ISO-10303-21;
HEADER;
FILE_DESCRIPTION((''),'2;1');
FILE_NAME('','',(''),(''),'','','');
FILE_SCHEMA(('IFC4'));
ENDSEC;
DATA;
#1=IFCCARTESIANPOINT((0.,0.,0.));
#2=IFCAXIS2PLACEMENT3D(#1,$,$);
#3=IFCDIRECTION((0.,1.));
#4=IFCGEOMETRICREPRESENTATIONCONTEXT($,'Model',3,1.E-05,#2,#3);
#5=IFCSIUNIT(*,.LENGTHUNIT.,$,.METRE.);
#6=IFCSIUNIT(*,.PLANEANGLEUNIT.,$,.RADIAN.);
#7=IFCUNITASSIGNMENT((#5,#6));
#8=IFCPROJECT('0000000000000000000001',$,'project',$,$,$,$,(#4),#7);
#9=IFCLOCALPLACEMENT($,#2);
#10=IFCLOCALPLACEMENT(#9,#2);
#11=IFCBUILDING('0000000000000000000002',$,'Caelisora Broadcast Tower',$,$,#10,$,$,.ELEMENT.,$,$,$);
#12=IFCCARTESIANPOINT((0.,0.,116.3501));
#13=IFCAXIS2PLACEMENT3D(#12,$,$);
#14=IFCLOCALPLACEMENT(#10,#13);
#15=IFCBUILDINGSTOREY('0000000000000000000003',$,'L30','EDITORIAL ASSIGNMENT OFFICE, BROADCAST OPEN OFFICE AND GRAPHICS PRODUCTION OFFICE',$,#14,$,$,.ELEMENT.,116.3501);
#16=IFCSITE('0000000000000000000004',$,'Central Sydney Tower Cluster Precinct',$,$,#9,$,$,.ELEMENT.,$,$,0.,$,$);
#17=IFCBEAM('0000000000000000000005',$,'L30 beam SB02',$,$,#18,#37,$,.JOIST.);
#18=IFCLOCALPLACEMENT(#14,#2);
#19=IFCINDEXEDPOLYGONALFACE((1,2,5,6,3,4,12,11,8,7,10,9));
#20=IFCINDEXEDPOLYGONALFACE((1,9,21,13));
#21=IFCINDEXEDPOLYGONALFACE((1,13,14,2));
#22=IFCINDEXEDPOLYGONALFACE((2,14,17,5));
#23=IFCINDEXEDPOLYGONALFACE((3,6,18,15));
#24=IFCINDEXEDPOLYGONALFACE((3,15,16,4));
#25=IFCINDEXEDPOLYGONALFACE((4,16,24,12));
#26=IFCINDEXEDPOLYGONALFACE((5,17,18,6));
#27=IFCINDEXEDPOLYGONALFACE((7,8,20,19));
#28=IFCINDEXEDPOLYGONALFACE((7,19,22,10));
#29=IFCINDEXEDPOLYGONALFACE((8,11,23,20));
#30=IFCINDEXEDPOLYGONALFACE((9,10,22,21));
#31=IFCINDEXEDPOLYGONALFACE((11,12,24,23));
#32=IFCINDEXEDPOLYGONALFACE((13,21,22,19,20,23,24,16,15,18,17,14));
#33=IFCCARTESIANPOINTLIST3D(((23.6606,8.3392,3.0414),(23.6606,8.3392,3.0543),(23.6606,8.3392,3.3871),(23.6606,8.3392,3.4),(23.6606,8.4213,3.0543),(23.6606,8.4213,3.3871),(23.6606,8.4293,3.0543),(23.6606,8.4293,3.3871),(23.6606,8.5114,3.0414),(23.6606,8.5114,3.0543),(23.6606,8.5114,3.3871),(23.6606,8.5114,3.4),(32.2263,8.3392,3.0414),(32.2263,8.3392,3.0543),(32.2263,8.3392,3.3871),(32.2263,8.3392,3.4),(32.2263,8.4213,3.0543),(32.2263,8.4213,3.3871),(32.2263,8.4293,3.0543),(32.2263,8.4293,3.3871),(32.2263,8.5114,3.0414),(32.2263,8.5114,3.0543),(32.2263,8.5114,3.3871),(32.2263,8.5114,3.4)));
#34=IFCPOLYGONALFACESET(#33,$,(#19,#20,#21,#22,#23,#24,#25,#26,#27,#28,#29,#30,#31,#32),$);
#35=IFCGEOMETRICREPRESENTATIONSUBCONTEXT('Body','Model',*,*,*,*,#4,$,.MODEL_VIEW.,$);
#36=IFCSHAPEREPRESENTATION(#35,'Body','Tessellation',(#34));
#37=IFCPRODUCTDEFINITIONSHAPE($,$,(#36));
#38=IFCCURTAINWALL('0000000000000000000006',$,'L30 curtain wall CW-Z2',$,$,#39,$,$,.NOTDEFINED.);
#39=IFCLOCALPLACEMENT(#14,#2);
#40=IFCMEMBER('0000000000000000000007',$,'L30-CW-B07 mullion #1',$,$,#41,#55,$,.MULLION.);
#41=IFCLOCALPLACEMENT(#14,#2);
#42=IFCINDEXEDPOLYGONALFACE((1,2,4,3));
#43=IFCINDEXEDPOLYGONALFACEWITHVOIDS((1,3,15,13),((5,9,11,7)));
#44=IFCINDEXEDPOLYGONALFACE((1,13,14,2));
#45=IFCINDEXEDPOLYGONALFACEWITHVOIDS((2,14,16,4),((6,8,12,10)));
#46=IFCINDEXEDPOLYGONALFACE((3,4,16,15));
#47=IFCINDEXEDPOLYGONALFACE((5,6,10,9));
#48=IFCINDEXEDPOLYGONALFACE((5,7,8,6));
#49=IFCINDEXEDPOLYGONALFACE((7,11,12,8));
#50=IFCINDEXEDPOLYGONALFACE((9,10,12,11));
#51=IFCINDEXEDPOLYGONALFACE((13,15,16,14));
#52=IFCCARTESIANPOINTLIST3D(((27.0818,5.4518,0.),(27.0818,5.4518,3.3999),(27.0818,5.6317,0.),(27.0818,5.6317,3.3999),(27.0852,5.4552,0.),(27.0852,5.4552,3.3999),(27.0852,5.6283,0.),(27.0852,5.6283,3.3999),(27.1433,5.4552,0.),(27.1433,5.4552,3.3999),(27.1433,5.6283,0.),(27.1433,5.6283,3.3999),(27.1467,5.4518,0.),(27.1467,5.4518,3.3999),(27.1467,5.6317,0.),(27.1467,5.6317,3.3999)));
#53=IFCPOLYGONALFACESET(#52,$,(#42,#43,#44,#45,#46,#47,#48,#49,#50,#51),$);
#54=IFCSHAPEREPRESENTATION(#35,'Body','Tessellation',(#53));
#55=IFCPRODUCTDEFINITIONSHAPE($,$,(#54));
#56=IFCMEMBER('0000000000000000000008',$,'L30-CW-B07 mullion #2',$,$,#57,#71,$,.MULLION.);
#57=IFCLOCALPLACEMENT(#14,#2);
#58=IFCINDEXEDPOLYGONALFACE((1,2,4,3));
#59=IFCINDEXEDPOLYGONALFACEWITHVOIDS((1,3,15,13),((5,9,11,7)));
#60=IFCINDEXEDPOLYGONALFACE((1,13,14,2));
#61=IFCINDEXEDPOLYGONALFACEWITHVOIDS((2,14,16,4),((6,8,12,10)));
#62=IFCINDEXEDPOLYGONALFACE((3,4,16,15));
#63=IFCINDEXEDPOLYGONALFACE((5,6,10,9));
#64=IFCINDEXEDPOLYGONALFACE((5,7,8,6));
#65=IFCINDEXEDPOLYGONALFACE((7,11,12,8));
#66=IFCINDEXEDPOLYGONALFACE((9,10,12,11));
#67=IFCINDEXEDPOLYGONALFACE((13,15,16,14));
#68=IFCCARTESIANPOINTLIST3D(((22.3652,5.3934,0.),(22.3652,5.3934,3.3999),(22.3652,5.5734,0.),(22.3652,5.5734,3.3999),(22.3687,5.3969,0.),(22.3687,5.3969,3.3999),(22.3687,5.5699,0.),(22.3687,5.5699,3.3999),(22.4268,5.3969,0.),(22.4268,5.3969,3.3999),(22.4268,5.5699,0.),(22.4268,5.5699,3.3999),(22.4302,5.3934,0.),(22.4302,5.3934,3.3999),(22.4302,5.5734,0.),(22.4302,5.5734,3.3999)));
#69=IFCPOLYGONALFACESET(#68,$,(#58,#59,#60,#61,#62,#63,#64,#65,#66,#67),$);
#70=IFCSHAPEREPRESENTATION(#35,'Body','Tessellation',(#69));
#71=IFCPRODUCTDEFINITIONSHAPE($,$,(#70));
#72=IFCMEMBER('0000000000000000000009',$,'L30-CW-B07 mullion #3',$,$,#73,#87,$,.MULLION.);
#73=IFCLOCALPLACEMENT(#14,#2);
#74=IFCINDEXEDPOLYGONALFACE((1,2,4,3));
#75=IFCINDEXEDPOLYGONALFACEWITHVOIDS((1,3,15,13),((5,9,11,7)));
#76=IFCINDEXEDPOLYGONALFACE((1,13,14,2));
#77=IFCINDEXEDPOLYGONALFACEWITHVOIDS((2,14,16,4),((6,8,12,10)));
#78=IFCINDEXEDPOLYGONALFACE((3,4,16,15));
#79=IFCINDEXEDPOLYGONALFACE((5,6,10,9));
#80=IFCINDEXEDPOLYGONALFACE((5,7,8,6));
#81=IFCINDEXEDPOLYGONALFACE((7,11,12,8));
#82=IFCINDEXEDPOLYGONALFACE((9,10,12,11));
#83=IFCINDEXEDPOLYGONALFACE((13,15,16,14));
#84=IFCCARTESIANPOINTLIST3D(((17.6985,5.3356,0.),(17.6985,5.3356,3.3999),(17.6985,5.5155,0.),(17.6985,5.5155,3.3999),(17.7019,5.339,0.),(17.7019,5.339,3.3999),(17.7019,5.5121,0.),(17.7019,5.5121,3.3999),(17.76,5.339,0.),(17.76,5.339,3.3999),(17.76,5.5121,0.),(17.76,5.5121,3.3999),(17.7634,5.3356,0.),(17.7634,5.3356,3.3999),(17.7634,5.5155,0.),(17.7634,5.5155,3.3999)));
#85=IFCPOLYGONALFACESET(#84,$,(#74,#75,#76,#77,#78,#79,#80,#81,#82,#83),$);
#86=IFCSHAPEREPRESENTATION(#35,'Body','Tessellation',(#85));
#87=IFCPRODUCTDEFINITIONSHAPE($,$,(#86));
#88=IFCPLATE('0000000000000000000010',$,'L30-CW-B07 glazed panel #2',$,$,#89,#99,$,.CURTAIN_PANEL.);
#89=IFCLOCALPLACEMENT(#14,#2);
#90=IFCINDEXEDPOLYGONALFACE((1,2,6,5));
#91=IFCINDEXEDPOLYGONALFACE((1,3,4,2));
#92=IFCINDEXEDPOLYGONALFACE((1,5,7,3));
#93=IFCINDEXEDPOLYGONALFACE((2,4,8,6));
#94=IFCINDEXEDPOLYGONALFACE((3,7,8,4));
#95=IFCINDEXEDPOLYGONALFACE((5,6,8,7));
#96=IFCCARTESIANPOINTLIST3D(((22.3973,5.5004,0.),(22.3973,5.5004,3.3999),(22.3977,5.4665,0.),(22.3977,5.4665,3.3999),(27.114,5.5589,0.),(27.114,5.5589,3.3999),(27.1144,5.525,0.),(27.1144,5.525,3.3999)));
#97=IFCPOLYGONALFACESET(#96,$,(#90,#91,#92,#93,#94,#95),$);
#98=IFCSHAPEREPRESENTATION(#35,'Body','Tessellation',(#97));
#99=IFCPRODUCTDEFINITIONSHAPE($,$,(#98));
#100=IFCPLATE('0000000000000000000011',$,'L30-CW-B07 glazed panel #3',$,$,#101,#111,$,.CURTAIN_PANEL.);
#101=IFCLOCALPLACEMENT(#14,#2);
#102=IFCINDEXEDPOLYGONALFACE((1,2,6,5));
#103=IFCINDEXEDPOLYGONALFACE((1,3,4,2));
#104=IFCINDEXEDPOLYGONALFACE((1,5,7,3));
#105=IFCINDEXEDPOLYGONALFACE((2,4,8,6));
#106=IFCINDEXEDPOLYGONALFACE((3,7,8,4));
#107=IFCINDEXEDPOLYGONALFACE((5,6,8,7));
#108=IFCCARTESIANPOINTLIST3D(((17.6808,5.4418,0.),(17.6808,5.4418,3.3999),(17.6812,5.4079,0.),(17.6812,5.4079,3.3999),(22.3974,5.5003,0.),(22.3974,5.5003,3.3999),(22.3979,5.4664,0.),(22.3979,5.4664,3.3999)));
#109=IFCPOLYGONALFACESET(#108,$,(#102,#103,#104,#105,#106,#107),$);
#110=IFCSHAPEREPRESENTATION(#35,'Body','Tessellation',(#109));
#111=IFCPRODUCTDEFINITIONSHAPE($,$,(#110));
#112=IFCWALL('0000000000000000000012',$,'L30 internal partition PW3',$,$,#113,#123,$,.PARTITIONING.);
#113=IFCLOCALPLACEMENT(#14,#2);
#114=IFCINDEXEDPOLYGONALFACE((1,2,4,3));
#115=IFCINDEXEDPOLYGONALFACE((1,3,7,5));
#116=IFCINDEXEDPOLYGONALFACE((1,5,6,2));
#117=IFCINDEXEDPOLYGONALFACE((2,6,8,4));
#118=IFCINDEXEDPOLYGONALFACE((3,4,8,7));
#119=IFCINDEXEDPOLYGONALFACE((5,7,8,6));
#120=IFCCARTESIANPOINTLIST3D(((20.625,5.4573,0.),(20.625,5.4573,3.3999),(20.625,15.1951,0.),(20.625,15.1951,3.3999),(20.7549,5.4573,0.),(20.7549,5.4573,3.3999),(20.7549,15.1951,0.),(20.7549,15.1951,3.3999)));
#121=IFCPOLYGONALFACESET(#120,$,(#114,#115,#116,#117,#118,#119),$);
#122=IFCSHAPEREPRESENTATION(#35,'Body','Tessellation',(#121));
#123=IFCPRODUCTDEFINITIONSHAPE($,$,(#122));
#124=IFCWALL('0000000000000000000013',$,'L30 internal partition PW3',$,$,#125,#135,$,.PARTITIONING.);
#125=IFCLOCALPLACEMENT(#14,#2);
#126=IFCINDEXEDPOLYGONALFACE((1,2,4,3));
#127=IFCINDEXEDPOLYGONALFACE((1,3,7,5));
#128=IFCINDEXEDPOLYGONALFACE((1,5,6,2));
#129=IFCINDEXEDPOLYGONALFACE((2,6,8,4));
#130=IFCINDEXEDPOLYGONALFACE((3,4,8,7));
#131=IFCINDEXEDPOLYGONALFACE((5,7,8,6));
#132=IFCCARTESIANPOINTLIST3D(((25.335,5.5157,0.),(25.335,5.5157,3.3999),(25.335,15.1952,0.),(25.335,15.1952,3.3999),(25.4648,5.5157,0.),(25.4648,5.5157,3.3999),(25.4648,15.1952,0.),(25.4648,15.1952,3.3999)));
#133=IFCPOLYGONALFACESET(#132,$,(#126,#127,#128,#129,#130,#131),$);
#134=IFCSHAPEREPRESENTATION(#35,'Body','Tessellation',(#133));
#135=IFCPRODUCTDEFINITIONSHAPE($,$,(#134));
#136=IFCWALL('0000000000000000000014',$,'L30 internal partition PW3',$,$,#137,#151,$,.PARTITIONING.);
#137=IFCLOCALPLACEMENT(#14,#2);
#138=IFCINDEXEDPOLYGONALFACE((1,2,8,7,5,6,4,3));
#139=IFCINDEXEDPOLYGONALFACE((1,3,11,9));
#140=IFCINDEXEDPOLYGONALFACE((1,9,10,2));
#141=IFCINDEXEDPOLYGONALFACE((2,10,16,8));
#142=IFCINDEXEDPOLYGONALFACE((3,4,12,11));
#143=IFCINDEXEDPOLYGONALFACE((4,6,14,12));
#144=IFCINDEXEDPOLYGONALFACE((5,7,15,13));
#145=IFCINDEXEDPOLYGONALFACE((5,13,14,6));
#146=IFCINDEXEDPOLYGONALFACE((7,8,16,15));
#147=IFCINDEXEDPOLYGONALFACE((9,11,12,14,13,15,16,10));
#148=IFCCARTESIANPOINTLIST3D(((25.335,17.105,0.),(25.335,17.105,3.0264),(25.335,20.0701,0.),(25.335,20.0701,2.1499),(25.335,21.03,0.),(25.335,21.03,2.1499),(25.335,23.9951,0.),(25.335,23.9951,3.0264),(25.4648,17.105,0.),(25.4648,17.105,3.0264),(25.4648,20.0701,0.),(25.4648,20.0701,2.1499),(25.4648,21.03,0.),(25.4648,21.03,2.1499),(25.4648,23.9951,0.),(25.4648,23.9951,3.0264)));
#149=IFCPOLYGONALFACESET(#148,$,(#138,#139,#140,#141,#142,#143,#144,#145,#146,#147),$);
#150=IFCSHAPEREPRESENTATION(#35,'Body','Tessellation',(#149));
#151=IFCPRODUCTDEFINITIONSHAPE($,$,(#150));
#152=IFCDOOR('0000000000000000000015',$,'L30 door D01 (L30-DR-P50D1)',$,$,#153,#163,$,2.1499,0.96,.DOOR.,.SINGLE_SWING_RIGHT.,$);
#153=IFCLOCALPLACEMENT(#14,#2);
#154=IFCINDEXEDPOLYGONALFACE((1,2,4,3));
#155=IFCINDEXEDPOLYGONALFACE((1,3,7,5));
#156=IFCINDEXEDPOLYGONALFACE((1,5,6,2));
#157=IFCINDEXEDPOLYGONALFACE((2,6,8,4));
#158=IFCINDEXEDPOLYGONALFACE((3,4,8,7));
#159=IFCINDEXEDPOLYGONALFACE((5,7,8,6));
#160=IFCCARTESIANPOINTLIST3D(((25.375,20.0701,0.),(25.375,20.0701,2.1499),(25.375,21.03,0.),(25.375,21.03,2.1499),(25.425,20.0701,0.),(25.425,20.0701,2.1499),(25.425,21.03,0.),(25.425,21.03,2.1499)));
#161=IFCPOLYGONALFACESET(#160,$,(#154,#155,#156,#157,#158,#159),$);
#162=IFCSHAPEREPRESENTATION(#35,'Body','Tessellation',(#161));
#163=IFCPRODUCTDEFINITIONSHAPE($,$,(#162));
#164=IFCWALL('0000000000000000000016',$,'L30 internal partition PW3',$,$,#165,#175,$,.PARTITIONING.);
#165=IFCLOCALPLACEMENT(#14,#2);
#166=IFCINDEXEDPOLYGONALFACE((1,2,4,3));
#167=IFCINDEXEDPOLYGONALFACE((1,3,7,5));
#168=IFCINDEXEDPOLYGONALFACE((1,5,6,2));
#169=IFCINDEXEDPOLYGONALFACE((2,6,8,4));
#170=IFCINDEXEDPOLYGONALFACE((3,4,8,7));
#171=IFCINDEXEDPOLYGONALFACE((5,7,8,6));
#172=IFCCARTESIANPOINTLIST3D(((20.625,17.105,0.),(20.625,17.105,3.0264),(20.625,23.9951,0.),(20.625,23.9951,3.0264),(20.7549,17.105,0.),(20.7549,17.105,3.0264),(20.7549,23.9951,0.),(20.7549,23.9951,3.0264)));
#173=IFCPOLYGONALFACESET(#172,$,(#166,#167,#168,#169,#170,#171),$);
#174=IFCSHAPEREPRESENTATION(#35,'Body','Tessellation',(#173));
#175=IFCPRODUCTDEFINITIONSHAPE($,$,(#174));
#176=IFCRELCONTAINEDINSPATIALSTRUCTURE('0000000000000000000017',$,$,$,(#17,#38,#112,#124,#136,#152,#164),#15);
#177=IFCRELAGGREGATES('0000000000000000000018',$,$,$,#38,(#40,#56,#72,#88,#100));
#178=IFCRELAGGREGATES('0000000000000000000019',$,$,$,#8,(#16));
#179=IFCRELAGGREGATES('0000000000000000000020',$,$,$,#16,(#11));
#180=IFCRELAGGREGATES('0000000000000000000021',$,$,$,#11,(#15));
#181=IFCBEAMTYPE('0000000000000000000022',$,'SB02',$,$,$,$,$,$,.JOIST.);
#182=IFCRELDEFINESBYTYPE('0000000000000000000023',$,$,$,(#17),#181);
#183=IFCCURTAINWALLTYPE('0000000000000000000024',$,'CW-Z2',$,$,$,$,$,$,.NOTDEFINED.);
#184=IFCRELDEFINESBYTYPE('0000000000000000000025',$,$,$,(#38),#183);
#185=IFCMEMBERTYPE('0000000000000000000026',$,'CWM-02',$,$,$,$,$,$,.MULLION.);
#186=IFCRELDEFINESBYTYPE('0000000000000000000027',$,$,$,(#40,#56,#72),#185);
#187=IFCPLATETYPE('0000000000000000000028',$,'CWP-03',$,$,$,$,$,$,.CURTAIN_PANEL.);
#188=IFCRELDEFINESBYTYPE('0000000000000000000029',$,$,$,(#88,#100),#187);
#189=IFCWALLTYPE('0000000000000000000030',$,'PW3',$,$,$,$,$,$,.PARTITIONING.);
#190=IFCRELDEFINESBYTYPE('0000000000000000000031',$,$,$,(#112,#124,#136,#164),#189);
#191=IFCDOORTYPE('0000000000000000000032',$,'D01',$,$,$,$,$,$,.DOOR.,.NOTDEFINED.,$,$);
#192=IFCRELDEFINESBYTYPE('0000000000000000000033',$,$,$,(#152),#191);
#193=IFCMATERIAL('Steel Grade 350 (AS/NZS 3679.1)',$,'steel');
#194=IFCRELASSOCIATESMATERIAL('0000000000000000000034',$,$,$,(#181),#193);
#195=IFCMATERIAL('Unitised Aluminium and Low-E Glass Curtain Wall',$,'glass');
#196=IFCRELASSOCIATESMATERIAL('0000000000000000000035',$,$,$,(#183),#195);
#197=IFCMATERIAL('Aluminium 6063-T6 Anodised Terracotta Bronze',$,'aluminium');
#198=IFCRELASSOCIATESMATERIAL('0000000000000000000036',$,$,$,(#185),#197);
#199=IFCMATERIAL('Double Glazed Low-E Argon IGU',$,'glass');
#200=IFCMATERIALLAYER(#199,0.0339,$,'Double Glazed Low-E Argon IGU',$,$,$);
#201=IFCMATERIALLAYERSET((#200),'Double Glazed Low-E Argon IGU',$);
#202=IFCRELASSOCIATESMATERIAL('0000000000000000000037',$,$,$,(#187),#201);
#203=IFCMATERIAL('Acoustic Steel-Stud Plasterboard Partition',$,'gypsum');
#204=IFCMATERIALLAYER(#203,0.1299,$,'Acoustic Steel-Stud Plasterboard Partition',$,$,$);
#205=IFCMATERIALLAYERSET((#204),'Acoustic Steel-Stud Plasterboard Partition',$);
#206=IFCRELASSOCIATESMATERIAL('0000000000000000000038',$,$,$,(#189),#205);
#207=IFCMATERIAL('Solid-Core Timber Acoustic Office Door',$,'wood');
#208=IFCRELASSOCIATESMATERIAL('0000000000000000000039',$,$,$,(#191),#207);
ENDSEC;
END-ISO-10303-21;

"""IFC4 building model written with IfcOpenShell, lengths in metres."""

from ifc_helpers import new_model, si_unit, direction, frame, frame_2d, origin, origin_2d, place, context, subcontext, project, spatial, rectangle, hollow_rectangle, i_section, extrude, source, transform, mapped, material, layer, layer_set, material_profile, profile_set, type_object, type_shapes, element, fill, aggregate, save


model = new_model("IFC4")

# Units and contexts
model_context = context("Model", 3, precision=1e-05, world=origin(), true_north=direction((0.0, 1.0)))
body_context = subcontext(model_context, "Body", "Model", "MODEL_VIEW")
ifc_project = project(units=[si_unit("LENGTHUNIT", "METRE"), si_unit("PLANEANGLEUNIT", "RADIAN")], contexts=[model_context])

# Site, building, storey
site_placement = place(None, origin())
site = spatial("IfcSite", under=ifc_project, at=site_placement, Name="Central Sydney Tower Cluster Precinct", CompositionType="ELEMENT", RefElevation=0.0)
building_placement = place(site_placement, origin())
building = spatial("IfcBuilding", under=site, at=building_placement, Name="Caelisora Broadcast Tower", CompositionType="ELEMENT")
storey_placement = place(building_placement, frame((0.0, 0.0, 116.3501)))
storey = spatial("IfcBuildingStorey", under=building, at=storey_placement, Name="L30", Description="EDITORIAL ASSIGNMENT OFFICE, BROADCAST OPEN OFFICE AND GRAPHICS PRODUCTION OFFICE", CompositionType="ELEMENT", Elevation=116.3501)

# Beam
ifc_material_1 = material(Name="Steel Grade 350 (AS/NZS 3679.1)", Category="steel")
ifc_material_profile_1 = material_profile(ifc_material_1, i_section(OverallWidth=0.1721, OverallDepth=0.3586, WebThickness=0.0081, FlangeThickness=0.0129, at=origin_2d()), Name="Steel Grade 350 (AS/NZS 3679.1)")
ifc_profile_set_1 = profile_set([ifc_material_profile_1], Name="Steel Grade 350 (AS/NZS 3679.1)")
beam_type_1 = type_object("IfcBeamType", Name="SB02", PredefinedType="JOIST", material=ifc_profile_set_1)
shared_shape_1 = source(origin(), body_context, "Body", "SweptSolid", [
    extrude(i_section(OverallWidth=0.1721, OverallDepth=0.3586, WebThickness=0.0081, FlangeThickness=0.0129, at=origin_2d()), origin(), (0.0, 0.0, 1.0), 8.5657),
])
beam_1_placement = place(storey_placement, frame((23.6606, 8.4253, 3.2207), z_axis=(1.0, 0.0, 0.0), x_axis=(0.0, 1.0, 0.0)))
element("IfcBeam", 1, at=beam_1_placement, inside=storey, type_object=beam_type_1, Name="L30 beam SB02", PredefinedType="JOIST", context=body_context, shape_type="MappedRepresentation", body=[
    mapped(shared_shape_1, transform((0.0, 0.0, 0.0), scale=1.0)),
])

# Curtain wall, members, plates
ifc_material_2 = material(Name="Unitised Aluminium and Low-E Glass Curtain Wall", Category="glass")
curtain_wall_type = type_object("IfcCurtainWallType", Name="CW-Z2", PredefinedType="NOTDEFINED", material=ifc_material_2)
curtain_wall_placement = place(storey_placement, origin())
curtain_wall = element("IfcCurtainWall", 2, at=curtain_wall_placement, inside=storey, type_object=curtain_wall_type, Name="L30 curtain wall CW-Z2", PredefinedType="NOTDEFINED")
ifc_material_3 = material(Name="Aluminium 6063-T6 Anodised Terracotta Bronze", Category="aluminium")
ifc_material_profile_2 = material_profile(ifc_material_3, hollow_rectangle(XDim=0.0649, YDim=0.1799, WallThickness=0.0034, at=origin_2d()), Name="Aluminium 6063-T6 Anodised Terracotta Bronze")
ifc_profile_set_2 = profile_set([ifc_material_profile_2], Name="Aluminium 6063-T6 Anodised Terracotta Bronze")
member_type = type_object("IfcMemberType", Name="CWM-02", PredefinedType="MULLION", material=ifc_profile_set_2)
shared_shape_2 = source(origin(), body_context, "Body", "SweptSolid", [
    extrude(hollow_rectangle(XDim=0.0649, YDim=0.1799, WallThickness=0.0034, at=origin_2d()), origin(), (0.0, 0.0, 1.0), 3.3999),
])
type_shapes(member_type, [shared_shape_2])
member_1_placement = place(storey_placement, frame((27.1143, 5.5417, 0.0), z_axis=(0.0, 0.0, 1.0), x_axis=(1.0, 0.0, 0.0)))
member_1 = element("IfcMember", 3, at=member_1_placement, type_object=member_type, Name="L30-CW-B07 mullion #1", PredefinedType="MULLION", context=body_context, shape_type="MappedRepresentation", body=[
    mapped(shared_shape_2, transform((0.0, 0.0, 0.0), scale=1.0)),
])
member_2_placement = place(storey_placement, frame((22.3977, 5.4834, 0.0), z_axis=(0.0, 0.0, 1.0), x_axis=(1.0, 0.0, 0.0)))
member_2 = element("IfcMember", 4, at=member_2_placement, type_object=member_type, Name="L30-CW-B07 mullion #2", PredefinedType="MULLION", context=body_context, shape_type="MappedRepresentation", body=[
    mapped(shared_shape_2, transform((0.0, 0.0, 0.0), scale=1.0)),
])
member_3_placement = place(storey_placement, frame((17.731, 5.4255, 0.0), z_axis=(0.0, 0.0, 1.0), x_axis=(1.0, 0.0, 0.0)))
member_3 = element("IfcMember", 5, at=member_3_placement, type_object=member_type, Name="L30-CW-B07 mullion #3", PredefinedType="MULLION", context=body_context, shape_type="MappedRepresentation", body=[
    mapped(shared_shape_2, transform((0.0, 0.0, 0.0), scale=1.0)),
])
ifc_material_4 = material(Name="Double Glazed Low-E Argon IGU", Category="glass")
ifc_layer_1 = layer(ifc_material_4, 0.0339, Name="Double Glazed Low-E Argon IGU")
ifc_layer_set_1 = layer_set([ifc_layer_1], Name="Double Glazed Low-E Argon IGU")
plate_type = type_object("IfcPlateType", Name="CWP-03", PredefinedType="CURTAIN_PANEL", material=ifc_layer_set_1)
shared_shape_3 = source(origin(), body_context, "Body", "SweptSolid", [
    extrude(rectangle(XDim=4.717, YDim=0.0339, at=origin_2d()), origin(), (0.0, 0.0, 1.0), 3.3999),
])
type_shapes(plate_type, [shared_shape_3])
plate_1_placement = place(storey_placement, frame((24.7559, 5.5127, 0.0), z_axis=(0.0, 0.0, 1.0), x_axis=(-0.999923, -0.012392, 0.0)))
plate_1 = element("IfcPlate", 6, at=plate_1_placement, type_object=plate_type, Name="L30-CW-B07 glazed panel #2", PredefinedType="CURTAIN_PANEL", context=body_context, shape_type="MappedRepresentation", body=[
    mapped(shared_shape_3, transform((0.0, 0.0, 0.0), scale=1.0)),
])
plate_2_placement = place(storey_placement, frame((20.0393, 5.4541, 0.0), z_axis=(0.0, 0.0, 1.0), x_axis=(-0.999923, -0.012392, 0.0)))
plate_2 = element("IfcPlate", 7, at=plate_2_placement, type_object=plate_type, Name="L30-CW-B07 glazed panel #3", PredefinedType="CURTAIN_PANEL", context=body_context, shape_type="MappedRepresentation", body=[
    mapped(shared_shape_3, transform((0.0, 0.0, 0.0), scale=1.0)),
])
aggregate(curtain_wall, [member_1, member_2, member_3, plate_1, plate_2])

# Walls
ifc_material_5 = material(Name="Acoustic Steel-Stud Plasterboard Partition", Category="gypsum")
ifc_layer_2 = layer(ifc_material_5, 0.1299, Name="Acoustic Steel-Stud Plasterboard Partition")
ifc_layer_set_2 = layer_set([ifc_layer_2], Name="Acoustic Steel-Stud Plasterboard Partition")
wall_type = type_object("IfcWallType", Name="PW3", PredefinedType="PARTITIONING", material=ifc_layer_set_2)
wall_1_placement = place(storey_placement, frame((20.6899, 5.4573, 0.0), z_axis=(0.0, 0.0, 1.0), x_axis=(0.0, 1.0, 0.0)))
element("IfcWall", 8, at=wall_1_placement, inside=storey, type_object=wall_type, Name="L30 internal partition PW3", PredefinedType="PARTITIONING", context=body_context, shape_type="SweptSolid", body=[
    extrude(rectangle(XDim=9.7378, YDim=0.1299, at=frame_2d((4.8689, 0.0))), origin(), (0.0, 0.0, 1.0), 3.3999),
])
wall_2_placement = place(storey_placement, frame((25.3999, 5.5156, 0.0), z_axis=(0.0, 0.0, 1.0), x_axis=(0.0, 1.0, 0.0)))
element("IfcWall", 9, at=wall_2_placement, inside=storey, type_object=wall_type, Name="L30 internal partition PW3", PredefinedType="PARTITIONING", context=body_context, shape_type="SweptSolid", body=[
    extrude(rectangle(XDim=9.6794, YDim=0.1299, at=frame_2d((4.8398, 0.0))), origin(), (0.0, 0.0, 1.0), 3.3999),
])

# Wall, opening, door
wall_3_placement = place(storey_placement, frame((25.3999, 17.105, 0.0), z_axis=(0.0, 0.0, 1.0), x_axis=(0.0, 1.0, 0.0)))
wall_3 = element("IfcWall", 10, at=wall_3_placement, inside=storey, type_object=wall_type, Name="L30 internal partition PW3", PredefinedType="PARTITIONING", context=body_context, shape_type="SweptSolid", body=[
    extrude(rectangle(XDim=6.8901, YDim=0.1299, at=frame_2d((3.4451, 0.0))), origin(), (0.0, 0.0, 1.0), 3.0264),
])
opening_1_placement = place(wall_3_placement, frame((2.9651, 0.0, 0.0)))
opening_1 = element("IfcOpeningElement", 11, at=opening_1_placement, cuts=wall_3, PredefinedType="OPENING", context=body_context, shape_type="SweptSolid", body=[
    extrude(rectangle(XDim=0.96, YDim=2.1499, at=frame_2d((0.48, 1.075))), frame((0.0, 0.0769, 0.0), z_axis=(0.0, -1.0, 0.0), x_axis=(1.0, 0.0, 0.0)), (0.0, 0.0, 1.0), 0.1538),
])
ifc_material_6 = material(Name="Solid-Core Timber Acoustic Office Door", Category="wood")
door_type = type_object("IfcDoorType", Name="D01", OperationType="NOTDEFINED", PredefinedType="DOOR", material=ifc_material_6)
door_1_placement = place(opening_1_placement, origin())
door_1 = element("IfcDoor", 12, at=door_1_placement, inside=storey, type_object=door_type, Name="L30 door D01 (L30-DR-P50D1)", OperationType="SINGLE_SWING_RIGHT", OverallHeight=2.1499, OverallWidth=0.96, PredefinedType="DOOR", context=body_context, shape_type="SweptSolid", body=[
    extrude(rectangle(XDim=0.96, YDim=2.1499, at=frame_2d((0.48, 1.075))), frame((0.0, 0.0249, 0.0), z_axis=(0.0, -1.0, 0.0), x_axis=(1.0, 0.0, 0.0)), (0.0, 0.0, 1.0), 0.05),
])
fill(opening_1, door_1)

# Wall
wall_4_placement = place(storey_placement, frame((20.6899, 17.105, 0.0), z_axis=(0.0, 0.0, 1.0), x_axis=(0.0, 1.0, 0.0)))
element("IfcWall", 13, at=wall_4_placement, inside=storey, type_object=wall_type, Name="L30 internal partition PW3", PredefinedType="PARTITIONING", context=body_context, shape_type="SweptSolid", body=[
    extrude(rectangle(XDim=6.8901, YDim=0.1299, at=frame_2d((3.4451, 0.0))), origin(), (0.0, 0.0, 1.0), 3.0264),
])

save(model, "model.ifc")
